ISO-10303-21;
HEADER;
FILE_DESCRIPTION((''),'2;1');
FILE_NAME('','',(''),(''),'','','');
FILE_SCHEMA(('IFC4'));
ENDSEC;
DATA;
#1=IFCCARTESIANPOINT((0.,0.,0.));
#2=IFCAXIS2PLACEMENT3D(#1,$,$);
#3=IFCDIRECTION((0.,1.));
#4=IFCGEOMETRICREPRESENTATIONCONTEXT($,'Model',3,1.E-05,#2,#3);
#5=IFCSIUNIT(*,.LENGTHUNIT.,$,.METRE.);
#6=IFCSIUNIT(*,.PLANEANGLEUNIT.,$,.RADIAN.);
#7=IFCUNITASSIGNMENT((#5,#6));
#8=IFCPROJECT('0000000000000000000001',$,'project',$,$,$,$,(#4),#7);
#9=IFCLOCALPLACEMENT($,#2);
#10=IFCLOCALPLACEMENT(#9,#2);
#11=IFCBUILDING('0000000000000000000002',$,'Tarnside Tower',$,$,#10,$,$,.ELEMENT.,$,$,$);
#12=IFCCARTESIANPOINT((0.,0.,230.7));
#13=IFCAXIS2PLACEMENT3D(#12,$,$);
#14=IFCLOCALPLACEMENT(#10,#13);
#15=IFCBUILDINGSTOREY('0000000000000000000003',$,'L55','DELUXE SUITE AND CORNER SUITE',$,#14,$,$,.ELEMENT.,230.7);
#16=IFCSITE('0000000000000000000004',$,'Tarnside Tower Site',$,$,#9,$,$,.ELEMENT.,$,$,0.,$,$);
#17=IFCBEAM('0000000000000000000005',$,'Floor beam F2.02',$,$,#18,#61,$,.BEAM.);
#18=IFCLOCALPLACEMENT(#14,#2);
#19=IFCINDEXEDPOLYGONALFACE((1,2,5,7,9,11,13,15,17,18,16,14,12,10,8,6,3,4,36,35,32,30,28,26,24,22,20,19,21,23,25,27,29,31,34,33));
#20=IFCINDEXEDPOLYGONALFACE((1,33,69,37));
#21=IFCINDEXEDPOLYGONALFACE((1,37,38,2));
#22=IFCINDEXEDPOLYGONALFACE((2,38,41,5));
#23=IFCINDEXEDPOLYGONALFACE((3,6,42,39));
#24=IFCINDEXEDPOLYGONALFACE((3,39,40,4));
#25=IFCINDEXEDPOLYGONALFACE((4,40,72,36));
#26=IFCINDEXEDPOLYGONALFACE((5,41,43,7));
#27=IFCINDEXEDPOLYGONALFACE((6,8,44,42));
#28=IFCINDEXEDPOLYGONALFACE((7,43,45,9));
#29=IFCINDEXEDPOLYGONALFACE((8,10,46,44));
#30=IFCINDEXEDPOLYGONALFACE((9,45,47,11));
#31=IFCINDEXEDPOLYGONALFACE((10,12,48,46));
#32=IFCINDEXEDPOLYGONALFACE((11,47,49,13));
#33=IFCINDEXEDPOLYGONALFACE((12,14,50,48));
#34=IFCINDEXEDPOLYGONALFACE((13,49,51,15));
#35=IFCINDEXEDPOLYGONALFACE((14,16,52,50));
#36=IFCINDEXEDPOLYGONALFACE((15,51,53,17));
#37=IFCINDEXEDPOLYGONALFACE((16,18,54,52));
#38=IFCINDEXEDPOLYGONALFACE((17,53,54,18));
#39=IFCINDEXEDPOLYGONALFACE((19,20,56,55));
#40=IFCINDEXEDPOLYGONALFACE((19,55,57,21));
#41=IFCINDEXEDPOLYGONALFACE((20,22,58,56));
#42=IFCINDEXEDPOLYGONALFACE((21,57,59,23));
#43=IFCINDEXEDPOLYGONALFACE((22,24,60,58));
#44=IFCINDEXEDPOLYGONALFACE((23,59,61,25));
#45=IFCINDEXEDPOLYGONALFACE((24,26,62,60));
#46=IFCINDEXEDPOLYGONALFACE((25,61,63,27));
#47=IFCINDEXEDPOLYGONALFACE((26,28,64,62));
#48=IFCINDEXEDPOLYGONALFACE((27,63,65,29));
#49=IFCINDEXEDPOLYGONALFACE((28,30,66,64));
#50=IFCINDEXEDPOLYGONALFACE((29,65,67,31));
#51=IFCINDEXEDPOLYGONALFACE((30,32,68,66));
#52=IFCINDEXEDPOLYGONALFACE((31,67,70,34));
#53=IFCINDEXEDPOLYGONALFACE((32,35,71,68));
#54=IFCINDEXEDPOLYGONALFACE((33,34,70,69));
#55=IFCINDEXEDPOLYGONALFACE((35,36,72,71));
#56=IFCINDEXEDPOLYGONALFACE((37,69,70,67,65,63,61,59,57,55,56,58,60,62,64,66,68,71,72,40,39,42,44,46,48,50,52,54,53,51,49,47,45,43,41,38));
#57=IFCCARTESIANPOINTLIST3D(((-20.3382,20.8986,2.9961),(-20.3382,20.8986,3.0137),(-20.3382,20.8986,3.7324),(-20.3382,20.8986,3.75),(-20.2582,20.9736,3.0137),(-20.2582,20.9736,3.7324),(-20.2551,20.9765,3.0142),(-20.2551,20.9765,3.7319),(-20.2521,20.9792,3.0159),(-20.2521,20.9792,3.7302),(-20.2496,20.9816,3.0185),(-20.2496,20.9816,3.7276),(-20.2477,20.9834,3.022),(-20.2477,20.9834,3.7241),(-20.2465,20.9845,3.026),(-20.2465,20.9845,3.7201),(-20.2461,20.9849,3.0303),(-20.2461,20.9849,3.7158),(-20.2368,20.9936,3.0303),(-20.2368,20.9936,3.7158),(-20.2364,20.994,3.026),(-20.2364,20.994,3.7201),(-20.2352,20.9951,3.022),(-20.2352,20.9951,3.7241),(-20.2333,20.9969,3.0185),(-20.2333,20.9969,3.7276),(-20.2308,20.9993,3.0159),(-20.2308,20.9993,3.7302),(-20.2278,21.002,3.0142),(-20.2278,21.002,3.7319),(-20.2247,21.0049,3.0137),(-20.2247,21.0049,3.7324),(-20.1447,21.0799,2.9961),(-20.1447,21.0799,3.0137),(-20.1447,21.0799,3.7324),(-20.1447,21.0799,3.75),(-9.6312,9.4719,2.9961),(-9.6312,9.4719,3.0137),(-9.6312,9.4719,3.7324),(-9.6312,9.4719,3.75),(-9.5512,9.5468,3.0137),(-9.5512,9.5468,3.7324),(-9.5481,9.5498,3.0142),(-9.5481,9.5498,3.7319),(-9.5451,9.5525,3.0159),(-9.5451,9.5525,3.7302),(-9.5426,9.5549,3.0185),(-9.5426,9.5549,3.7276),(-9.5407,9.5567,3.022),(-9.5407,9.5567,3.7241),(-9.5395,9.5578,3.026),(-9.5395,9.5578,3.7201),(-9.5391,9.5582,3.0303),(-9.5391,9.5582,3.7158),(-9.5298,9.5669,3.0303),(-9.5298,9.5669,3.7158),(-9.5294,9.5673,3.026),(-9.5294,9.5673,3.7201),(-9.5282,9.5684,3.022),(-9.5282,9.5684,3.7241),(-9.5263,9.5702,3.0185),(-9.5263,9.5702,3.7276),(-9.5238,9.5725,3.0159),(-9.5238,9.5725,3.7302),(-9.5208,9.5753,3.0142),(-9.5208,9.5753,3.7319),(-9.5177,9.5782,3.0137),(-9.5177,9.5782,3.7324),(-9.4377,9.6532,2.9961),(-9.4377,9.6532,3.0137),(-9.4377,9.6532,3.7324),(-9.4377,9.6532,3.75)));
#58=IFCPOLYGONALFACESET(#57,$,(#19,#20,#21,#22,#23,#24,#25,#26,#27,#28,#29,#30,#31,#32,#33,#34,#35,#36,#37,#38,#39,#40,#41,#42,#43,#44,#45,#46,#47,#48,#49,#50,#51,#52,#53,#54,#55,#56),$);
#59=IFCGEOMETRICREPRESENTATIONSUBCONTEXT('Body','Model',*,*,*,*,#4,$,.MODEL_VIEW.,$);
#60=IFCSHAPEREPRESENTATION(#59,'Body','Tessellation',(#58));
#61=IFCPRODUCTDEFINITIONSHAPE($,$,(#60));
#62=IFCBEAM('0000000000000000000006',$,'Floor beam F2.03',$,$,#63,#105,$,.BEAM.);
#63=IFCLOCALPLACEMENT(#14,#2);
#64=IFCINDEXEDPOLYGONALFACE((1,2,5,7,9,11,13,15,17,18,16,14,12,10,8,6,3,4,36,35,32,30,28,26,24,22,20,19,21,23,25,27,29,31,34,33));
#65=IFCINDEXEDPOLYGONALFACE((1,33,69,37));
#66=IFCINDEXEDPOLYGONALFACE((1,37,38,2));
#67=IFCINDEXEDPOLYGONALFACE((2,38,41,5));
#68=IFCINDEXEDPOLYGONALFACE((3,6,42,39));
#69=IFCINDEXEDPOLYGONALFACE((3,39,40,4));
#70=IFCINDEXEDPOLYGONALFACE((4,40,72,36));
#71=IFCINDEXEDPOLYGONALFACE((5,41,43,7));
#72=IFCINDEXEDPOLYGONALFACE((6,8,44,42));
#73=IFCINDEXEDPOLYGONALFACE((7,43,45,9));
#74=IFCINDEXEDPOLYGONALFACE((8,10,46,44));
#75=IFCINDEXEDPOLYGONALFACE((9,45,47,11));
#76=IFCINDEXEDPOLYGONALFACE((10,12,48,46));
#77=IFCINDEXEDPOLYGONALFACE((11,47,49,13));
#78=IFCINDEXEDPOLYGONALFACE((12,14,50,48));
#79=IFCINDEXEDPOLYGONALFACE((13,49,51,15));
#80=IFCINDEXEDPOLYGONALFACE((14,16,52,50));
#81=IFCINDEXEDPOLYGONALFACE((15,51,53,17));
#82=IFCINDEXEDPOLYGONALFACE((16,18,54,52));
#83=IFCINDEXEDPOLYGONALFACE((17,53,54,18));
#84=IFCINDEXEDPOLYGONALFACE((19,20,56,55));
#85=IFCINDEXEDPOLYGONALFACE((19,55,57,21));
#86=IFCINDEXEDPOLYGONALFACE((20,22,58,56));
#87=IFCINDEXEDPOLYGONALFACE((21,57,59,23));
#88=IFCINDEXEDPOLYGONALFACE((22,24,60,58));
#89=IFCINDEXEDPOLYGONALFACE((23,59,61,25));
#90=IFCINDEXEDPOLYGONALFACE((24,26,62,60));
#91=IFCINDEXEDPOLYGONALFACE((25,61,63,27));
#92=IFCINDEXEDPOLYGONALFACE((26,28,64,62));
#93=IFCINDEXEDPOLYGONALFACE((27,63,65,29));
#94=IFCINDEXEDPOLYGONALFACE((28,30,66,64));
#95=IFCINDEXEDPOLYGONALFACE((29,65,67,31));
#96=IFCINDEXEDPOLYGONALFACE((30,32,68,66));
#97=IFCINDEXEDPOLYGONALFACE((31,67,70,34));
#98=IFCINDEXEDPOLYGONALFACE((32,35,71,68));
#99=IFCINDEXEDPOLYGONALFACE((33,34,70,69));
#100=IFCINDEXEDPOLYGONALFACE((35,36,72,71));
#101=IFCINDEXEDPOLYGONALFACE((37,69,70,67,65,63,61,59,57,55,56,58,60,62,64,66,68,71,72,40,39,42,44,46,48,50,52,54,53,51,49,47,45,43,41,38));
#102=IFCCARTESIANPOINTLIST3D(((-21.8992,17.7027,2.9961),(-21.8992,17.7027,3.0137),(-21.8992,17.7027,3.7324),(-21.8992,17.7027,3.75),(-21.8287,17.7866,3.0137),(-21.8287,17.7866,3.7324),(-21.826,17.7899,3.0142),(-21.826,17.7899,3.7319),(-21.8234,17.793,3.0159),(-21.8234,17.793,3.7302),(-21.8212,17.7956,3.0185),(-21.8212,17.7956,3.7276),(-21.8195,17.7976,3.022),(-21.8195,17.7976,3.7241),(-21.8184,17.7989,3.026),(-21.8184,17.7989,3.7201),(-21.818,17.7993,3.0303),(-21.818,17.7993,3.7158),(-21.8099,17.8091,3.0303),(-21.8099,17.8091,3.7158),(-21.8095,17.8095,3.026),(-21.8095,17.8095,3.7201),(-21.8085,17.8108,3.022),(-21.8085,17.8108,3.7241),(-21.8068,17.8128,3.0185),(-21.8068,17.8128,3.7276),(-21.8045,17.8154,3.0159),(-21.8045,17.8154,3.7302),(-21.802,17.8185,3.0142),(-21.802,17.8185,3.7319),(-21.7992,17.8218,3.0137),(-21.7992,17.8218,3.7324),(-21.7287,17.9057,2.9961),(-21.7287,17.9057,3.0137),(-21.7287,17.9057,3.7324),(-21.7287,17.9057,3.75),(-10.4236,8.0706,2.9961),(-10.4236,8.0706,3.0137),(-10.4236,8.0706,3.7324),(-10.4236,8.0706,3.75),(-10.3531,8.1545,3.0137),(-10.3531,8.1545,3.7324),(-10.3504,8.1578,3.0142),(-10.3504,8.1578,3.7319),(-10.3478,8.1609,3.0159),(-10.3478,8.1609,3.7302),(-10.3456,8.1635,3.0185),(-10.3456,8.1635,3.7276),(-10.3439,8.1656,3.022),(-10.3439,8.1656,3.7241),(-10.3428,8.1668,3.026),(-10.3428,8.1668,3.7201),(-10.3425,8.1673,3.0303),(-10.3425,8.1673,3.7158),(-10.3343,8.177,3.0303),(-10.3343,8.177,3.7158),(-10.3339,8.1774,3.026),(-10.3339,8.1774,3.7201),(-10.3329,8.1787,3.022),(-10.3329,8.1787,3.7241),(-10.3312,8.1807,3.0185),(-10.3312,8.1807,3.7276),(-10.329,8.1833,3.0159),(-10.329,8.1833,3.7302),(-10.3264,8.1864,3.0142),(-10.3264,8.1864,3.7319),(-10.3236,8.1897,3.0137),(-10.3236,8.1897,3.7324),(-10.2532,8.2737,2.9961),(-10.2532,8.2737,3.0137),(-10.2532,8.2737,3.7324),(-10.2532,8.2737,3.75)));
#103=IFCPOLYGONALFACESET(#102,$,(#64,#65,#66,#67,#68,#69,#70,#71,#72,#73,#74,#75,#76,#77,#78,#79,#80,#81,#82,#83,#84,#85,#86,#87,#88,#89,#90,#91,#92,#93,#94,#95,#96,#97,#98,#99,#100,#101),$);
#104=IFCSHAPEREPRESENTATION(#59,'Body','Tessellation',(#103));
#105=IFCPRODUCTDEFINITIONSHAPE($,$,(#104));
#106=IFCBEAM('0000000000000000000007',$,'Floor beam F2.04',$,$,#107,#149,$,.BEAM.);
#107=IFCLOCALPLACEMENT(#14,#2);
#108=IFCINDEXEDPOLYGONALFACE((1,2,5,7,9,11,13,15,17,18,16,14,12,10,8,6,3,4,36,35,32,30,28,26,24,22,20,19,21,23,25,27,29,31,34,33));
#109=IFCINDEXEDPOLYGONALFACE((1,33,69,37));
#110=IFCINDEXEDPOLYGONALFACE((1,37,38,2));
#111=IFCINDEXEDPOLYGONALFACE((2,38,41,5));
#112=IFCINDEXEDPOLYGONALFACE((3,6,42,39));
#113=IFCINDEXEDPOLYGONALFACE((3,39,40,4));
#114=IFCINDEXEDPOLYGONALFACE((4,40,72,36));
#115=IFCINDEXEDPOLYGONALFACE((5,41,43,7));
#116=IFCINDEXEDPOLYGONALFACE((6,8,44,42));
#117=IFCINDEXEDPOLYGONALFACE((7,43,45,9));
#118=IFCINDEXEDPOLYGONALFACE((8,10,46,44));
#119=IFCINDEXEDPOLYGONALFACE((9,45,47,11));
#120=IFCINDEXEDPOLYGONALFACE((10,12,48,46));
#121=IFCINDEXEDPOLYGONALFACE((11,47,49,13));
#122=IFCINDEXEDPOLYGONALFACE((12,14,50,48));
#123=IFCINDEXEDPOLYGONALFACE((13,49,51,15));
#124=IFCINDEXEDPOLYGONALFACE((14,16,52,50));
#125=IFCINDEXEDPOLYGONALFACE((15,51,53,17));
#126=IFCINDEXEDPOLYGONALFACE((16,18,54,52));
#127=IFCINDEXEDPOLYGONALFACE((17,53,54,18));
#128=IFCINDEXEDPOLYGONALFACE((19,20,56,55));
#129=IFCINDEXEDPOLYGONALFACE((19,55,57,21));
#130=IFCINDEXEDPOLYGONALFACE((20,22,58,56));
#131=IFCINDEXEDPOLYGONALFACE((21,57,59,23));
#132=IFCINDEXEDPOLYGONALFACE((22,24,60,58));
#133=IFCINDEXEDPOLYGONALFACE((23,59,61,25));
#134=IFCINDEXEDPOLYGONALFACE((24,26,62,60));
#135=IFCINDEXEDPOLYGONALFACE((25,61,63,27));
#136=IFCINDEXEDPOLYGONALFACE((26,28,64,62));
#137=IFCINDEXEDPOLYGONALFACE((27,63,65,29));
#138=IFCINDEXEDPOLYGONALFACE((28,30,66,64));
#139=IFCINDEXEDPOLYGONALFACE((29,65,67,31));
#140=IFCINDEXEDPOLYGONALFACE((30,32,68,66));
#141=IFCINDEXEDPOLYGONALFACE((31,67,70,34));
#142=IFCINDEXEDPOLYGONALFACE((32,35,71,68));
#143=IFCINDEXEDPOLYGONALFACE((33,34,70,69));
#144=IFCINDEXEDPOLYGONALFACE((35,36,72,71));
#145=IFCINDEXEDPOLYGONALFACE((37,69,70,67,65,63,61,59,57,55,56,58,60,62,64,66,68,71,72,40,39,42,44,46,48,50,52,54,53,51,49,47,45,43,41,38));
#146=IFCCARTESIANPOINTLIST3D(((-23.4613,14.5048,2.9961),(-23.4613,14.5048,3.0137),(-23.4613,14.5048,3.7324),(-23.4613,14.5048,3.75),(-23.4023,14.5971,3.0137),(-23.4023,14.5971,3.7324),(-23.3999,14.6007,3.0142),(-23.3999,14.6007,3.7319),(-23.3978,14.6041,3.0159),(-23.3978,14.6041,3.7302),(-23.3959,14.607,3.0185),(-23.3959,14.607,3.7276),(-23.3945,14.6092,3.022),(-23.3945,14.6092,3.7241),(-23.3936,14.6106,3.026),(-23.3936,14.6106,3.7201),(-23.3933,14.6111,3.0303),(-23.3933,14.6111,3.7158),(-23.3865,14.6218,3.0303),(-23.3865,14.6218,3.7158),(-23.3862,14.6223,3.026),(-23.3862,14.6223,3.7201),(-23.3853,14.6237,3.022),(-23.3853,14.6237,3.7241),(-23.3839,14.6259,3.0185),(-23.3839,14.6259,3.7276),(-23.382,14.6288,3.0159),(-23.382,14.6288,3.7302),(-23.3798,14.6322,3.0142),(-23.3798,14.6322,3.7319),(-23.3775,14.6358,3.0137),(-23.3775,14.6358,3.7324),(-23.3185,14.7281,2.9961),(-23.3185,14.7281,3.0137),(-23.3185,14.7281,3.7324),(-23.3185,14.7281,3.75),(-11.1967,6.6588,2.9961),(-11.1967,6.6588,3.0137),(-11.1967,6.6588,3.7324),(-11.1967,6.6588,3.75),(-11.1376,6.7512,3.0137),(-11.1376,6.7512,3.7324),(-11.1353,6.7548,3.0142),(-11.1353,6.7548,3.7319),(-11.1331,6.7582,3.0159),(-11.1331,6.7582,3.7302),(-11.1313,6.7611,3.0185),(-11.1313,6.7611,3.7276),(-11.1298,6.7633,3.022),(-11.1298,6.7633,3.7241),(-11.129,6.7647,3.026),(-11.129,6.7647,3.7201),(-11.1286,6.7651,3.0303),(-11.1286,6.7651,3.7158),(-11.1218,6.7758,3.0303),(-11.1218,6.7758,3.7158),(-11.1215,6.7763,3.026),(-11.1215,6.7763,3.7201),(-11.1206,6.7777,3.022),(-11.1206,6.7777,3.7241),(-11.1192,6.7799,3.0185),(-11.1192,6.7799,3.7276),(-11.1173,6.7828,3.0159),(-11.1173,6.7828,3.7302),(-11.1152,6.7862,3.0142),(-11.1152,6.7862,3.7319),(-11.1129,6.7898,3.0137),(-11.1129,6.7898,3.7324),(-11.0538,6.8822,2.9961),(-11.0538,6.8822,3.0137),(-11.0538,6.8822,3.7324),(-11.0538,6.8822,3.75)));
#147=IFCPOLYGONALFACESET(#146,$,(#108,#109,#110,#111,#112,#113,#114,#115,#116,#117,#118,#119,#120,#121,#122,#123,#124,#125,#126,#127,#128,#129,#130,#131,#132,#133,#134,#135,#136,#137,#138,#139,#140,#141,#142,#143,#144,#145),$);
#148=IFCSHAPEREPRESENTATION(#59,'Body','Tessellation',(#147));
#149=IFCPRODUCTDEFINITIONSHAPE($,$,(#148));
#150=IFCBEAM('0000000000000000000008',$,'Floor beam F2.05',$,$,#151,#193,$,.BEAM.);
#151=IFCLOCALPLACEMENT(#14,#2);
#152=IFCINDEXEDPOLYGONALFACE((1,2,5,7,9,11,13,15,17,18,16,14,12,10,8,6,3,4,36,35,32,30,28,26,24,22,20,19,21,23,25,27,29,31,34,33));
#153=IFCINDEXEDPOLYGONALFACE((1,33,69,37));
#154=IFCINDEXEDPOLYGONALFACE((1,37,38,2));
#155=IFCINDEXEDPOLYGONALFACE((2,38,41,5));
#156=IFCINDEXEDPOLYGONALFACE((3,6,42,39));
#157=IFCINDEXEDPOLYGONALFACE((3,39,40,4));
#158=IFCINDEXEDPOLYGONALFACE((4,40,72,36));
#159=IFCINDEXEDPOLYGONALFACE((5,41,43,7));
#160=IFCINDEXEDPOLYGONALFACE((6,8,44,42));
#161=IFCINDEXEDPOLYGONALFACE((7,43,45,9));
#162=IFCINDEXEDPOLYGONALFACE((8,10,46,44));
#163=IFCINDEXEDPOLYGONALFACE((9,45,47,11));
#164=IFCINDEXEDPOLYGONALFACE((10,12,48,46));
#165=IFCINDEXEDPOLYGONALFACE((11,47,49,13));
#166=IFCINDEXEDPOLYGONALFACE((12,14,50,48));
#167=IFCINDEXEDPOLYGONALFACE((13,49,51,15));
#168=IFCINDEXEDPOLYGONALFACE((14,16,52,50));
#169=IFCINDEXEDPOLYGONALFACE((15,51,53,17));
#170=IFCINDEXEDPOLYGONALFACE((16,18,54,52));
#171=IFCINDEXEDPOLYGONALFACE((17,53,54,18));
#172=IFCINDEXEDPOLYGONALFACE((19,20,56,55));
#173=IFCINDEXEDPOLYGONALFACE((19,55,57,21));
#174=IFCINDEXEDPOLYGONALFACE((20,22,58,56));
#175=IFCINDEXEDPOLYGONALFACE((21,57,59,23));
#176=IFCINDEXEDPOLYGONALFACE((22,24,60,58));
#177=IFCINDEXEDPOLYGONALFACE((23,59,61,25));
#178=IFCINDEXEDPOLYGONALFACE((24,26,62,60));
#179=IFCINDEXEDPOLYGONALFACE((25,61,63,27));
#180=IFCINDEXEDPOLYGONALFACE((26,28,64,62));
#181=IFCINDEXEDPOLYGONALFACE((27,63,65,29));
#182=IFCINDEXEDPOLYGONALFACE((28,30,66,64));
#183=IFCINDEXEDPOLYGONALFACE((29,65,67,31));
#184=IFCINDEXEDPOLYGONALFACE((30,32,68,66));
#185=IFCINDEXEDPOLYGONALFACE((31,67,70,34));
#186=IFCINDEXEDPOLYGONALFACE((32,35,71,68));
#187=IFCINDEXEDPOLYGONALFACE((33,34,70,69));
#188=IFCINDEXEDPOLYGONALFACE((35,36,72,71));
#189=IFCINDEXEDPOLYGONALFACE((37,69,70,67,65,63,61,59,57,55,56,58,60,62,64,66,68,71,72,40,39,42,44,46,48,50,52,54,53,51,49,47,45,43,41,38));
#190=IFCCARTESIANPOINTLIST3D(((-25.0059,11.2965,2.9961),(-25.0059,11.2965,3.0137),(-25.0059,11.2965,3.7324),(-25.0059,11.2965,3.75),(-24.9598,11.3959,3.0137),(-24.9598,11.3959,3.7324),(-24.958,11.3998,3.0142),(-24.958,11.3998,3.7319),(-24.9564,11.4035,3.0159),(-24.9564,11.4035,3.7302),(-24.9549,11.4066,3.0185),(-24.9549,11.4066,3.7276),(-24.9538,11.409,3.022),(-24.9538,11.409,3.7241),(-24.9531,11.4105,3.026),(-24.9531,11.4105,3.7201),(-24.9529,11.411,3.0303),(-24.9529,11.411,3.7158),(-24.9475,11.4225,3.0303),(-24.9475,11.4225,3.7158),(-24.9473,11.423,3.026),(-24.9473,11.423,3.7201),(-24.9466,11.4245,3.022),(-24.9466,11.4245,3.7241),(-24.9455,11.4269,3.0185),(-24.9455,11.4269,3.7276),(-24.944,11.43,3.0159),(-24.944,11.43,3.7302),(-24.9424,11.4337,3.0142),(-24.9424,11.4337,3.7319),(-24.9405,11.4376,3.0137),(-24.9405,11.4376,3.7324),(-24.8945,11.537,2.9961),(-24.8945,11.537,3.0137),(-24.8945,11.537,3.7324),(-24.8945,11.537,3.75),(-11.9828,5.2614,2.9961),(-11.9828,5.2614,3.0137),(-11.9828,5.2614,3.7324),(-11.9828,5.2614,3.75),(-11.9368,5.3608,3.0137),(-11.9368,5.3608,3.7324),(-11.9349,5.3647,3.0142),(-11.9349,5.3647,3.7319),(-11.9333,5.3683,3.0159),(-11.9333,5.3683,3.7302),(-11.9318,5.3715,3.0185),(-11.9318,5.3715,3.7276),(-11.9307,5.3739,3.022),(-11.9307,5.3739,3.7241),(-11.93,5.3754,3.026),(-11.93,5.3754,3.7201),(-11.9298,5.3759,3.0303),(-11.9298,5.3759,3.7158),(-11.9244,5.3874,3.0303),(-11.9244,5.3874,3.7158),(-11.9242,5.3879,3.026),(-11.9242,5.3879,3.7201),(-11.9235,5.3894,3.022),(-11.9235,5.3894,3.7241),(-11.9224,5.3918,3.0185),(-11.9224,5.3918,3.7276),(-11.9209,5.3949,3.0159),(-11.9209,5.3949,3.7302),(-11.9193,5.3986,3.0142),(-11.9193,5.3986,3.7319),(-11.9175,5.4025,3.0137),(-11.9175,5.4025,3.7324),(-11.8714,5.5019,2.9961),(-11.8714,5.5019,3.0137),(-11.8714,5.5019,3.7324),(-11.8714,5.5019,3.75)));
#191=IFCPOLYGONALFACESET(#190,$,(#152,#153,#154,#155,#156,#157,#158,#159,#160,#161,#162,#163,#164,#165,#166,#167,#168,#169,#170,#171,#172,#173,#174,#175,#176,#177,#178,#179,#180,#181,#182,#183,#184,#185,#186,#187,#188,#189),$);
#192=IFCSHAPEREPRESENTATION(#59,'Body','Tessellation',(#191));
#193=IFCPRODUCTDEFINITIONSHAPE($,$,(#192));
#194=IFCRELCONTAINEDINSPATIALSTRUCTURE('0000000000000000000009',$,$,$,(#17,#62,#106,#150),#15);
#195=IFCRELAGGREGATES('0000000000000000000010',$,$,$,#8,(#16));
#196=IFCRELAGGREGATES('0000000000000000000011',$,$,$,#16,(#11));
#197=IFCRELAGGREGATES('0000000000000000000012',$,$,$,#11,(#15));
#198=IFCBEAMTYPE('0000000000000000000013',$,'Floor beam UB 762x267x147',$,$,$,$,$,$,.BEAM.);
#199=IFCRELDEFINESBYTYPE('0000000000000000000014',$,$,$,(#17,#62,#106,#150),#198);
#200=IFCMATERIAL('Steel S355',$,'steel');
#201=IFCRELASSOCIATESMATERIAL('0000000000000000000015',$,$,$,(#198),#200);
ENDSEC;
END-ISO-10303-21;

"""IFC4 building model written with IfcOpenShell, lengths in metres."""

from ifc_helpers import new_model, si_unit, direction, frame, origin, origin_2d, place, context, subcontext, project, spatial, i_section, extrude, material, material_profile, profile_set, type_object, element, save


model = new_model("IFC4")

# Units and contexts
model_context = context("Model", 3, precision=1e-05, world=origin(), true_north=direction((0.0, 1.0)))
body_context = subcontext(model_context, "Body", "Model", "MODEL_VIEW")
ifc_project = project(units=[si_unit("LENGTHUNIT", "METRE"), si_unit("PLANEANGLEUNIT", "RADIAN")], contexts=[model_context])

# Site, building, storey
site_placement = place(None, origin())
site = spatial("IfcSite", under=ifc_project, at=site_placement, Name="Tarnside Tower Site", CompositionType="ELEMENT", RefElevation=0.0)
building_placement = place(site_placement, origin())
building = spatial("IfcBuilding", under=site, at=building_placement, Name="Tarnside Tower", CompositionType="ELEMENT")
storey_placement = place(building_placement, frame((0.0, 0.0, 230.7)))
storey = spatial("IfcBuildingStorey", under=building, at=storey_placement, Name="L55", Description="DELUXE SUITE AND CORNER SUITE", CompositionType="ELEMENT", Elevation=230.7)

# Beams
ifc_material_1 = material(Name="Steel S355", Category="steel")
ifc_material_profile_1 = material_profile(ifc_material_1, i_section(OverallWidth=0.2651, OverallDepth=0.7539, WebThickness=0.0127, FlangeThickness=0.0176, FilletRadius=0.0166, at=origin_2d()), Name="UB 762x267x147")
ifc_profile_set_1 = profile_set([ifc_material_profile_1], Name="Steel S355")
beam_type_1 = type_object("IfcBeamType", Name="Floor beam UB 762x267x147", PredefinedType="BEAM", material=ifc_profile_set_1)
beam_1_placement = place(storey_placement, frame((-20.2415, 20.9893, 3.373), z_axis=(0.683752, -0.729714, 0.0), x_axis=(0.729714, 0.683752, 0.0)))
element("IfcBeam", 1, at=beam_1_placement, inside=storey, type_object=beam_type_1, Name="Floor beam F2.02", PredefinedType="BEAM", context=body_context, shape_type="SweptSolid", body=[
    extrude(i_section(OverallWidth=0.2651, OverallDepth=0.7539, WebThickness=0.0127, FlangeThickness=0.0176, FilletRadius=0.0166, at=origin_2d()), origin(), (0.0, 0.0, 1.0), 15.6592),
])
beam_2_placement = place(storey_placement, frame((-21.814, 17.8042, 3.373), z_axis=(0.765948, -0.642902, 0.0), x_axis=(0.642902, 0.765948, 0.0)))
element("IfcBeam", 2, at=beam_2_placement, inside=storey, type_object=beam_type_1, Name="Floor beam F2.03", PredefinedType="BEAM", context=body_context, shape_type="SweptSolid", body=[
    extrude(i_section(OverallWidth=0.2651, OverallDepth=0.7539, WebThickness=0.0127, FlangeThickness=0.0176, FilletRadius=0.0166, at=origin_2d()), origin(), (0.0, 0.0, 1.0), 14.9822),
])
beam_3_placement = place(storey_placement, frame((-23.3899, 14.6165, 3.373), z_axis=(0.842378, -0.538887, 0.0), x_axis=(0.538887, 0.842378, 0.0)))
element("IfcBeam", 3, at=beam_3_placement, inside=storey, type_object=beam_type_1, Name="Floor beam F2.04", PredefinedType="BEAM", context=body_context, shape_type="SweptSolid", body=[
    extrude(i_section(OverallWidth=0.2651, OverallDepth=0.7539, WebThickness=0.0127, FlangeThickness=0.0176, FilletRadius=0.0166, at=origin_2d()), origin(), (0.0, 0.0, 1.0), 14.5596),
])
beam_4_placement = place(storey_placement, frame((-24.9502, 11.4167, 3.373), z_axis=(0.90731, -0.420462, 0.0), x_axis=(0.420462, 0.90731, 0.0)))
element("IfcBeam", 4, at=beam_4_placement, inside=storey, type_object=beam_type_1, Name="Floor beam F2.05", PredefinedType="BEAM", context=body_context, shape_type="SweptSolid", body=[
    extrude(i_section(OverallWidth=0.2651, OverallDepth=0.7539, WebThickness=0.0127, FlangeThickness=0.0176, FilletRadius=0.0166, at=origin_2d()), origin(), (0.0, 0.0, 1.0), 14.3535),
])

save(model, "model.ifc")
